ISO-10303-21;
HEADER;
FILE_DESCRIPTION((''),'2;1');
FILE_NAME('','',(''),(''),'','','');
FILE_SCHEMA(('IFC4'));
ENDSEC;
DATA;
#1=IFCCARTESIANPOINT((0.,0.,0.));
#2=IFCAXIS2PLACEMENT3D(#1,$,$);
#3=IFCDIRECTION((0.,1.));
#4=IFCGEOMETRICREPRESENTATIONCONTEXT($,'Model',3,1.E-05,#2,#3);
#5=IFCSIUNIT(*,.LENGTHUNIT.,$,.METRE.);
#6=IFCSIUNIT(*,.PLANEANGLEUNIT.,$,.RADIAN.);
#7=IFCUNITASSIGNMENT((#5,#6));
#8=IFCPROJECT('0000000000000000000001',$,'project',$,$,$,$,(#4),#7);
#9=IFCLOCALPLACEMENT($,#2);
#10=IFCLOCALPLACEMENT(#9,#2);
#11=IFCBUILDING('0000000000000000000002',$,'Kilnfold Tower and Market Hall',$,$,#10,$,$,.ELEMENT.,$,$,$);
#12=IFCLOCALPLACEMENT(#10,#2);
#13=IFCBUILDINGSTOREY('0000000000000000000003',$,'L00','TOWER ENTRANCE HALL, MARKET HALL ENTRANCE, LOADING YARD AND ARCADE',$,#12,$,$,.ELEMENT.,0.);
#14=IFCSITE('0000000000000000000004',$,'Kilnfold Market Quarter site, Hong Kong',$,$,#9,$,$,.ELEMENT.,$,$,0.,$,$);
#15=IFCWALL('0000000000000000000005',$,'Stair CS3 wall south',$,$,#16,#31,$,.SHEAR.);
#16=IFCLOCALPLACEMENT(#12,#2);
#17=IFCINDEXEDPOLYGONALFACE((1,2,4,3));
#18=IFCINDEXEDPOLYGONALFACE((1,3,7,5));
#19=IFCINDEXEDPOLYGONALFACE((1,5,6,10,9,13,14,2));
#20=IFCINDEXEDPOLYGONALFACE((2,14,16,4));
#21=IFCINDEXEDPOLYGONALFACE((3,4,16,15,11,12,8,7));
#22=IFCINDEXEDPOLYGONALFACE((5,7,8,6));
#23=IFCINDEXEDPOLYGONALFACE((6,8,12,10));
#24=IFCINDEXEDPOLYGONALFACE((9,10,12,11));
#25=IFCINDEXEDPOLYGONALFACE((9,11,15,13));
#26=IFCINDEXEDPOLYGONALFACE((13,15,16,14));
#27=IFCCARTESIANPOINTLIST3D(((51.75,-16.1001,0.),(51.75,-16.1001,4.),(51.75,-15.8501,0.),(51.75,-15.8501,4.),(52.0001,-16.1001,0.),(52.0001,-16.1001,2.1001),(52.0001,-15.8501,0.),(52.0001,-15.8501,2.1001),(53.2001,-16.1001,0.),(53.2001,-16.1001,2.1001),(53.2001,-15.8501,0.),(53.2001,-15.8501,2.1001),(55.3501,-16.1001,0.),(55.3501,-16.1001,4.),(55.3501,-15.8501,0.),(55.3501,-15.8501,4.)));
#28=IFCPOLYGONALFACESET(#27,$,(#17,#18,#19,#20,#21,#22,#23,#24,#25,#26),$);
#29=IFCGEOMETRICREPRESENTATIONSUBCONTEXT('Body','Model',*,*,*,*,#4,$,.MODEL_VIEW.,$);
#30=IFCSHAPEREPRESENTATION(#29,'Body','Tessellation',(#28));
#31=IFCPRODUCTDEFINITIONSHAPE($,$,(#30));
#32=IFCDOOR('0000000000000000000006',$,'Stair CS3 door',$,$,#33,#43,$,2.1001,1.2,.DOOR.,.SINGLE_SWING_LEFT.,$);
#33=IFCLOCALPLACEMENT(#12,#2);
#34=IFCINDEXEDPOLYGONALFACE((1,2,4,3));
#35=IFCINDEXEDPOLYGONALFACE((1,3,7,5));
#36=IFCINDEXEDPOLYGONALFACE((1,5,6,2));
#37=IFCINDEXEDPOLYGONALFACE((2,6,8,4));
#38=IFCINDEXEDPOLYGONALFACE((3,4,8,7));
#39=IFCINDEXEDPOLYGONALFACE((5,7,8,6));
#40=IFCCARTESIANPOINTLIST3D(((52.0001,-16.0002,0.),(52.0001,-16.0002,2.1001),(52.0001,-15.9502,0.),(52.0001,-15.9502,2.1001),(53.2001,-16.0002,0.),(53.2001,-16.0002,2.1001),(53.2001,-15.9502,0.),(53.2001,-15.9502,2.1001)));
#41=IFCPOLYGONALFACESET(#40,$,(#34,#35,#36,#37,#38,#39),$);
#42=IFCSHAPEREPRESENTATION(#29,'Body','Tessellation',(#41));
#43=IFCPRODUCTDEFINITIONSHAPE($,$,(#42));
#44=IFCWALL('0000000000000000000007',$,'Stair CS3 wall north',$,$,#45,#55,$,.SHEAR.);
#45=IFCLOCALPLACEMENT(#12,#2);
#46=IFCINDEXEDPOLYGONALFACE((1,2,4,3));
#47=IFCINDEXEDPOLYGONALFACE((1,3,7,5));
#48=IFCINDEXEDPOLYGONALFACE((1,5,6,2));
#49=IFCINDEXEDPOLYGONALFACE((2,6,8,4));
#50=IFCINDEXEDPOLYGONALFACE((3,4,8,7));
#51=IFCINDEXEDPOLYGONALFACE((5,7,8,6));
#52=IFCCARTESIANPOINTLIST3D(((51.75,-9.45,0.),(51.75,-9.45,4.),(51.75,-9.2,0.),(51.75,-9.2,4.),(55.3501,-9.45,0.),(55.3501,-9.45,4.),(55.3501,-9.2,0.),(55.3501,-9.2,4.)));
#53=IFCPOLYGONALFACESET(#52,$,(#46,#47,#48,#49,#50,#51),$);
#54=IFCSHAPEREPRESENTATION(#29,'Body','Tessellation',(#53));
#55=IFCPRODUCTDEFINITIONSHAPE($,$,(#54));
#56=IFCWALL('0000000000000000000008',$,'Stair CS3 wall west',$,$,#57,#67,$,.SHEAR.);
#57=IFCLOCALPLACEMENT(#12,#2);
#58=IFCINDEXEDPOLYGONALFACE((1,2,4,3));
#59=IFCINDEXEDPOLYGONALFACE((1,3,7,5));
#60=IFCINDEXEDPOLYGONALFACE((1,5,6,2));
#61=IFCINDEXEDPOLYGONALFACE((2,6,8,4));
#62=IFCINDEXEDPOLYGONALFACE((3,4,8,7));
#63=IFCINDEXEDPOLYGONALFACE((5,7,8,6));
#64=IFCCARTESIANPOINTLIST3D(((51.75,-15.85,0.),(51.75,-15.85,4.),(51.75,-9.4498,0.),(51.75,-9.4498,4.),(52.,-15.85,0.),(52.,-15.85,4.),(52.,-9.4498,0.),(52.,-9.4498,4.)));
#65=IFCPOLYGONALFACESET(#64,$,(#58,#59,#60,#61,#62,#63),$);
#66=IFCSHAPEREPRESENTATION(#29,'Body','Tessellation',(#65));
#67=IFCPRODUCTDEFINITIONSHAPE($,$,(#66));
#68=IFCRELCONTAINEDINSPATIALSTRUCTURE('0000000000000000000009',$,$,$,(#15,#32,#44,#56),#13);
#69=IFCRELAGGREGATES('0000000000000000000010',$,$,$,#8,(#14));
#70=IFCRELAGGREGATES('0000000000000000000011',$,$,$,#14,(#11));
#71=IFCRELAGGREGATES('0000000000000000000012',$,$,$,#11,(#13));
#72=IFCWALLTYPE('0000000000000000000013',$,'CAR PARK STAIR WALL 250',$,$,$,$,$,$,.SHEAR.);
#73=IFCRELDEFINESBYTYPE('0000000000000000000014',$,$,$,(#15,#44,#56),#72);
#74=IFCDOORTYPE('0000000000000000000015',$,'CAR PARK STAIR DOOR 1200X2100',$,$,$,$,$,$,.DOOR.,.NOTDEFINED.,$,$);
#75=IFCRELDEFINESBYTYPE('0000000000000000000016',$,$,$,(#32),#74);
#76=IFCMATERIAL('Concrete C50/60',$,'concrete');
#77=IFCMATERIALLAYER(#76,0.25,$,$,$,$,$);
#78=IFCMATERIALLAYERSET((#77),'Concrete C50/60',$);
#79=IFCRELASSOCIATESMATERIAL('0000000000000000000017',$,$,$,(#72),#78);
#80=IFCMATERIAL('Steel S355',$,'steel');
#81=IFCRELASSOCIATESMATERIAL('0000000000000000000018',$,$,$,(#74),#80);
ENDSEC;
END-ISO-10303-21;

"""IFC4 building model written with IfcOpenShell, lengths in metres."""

from ifc_helpers import new_model, si_unit, direction, frame, frame_2d, origin, place, context, subcontext, project, spatial, rectangle, extrude, source, transform, mapped, material, layer, layer_set, type_object, element, fill, save


model = new_model("IFC4")

# Units and contexts
model_context = context("Model", 3, precision=1e-05, world=origin(), true_north=direction((0.0, 1.0)))
body_context = subcontext(model_context, "Body", "Model", "MODEL_VIEW")
ifc_project = project(units=[si_unit("LENGTHUNIT", "METRE"), si_unit("PLANEANGLEUNIT", "RADIAN")], contexts=[model_context])

# Site, building, storey
site_placement = place(None, origin())
site = spatial("IfcSite", under=ifc_project, at=site_placement, Name="Kilnfold Market Quarter site, Hong Kong", CompositionType="ELEMENT", RefElevation=0.0)
building_placement = place(site_placement, origin())
building = spatial("IfcBuilding", under=site, at=building_placement, Name="Kilnfold Tower and Market Hall", CompositionType="ELEMENT")
storey_placement = place(building_placement, origin())
storey = spatial("IfcBuildingStorey", under=building, at=storey_placement, Name="L00", Description="TOWER ENTRANCE HALL, MARKET HALL ENTRANCE, LOADING YARD AND ARCADE", CompositionType="ELEMENT", Elevation=0.0)

# Wall, opening, door
ifc_material_1 = material(Name="Concrete C50/60", Category="concrete")
ifc_layer_1 = layer(ifc_material_1, 0.25)
ifc_layer_set_1 = layer_set([ifc_layer_1], Name="Concrete C50/60")
wall_type_1 = type_object("IfcWallType", Name="CAR PARK STAIR WALL 250", PredefinedType="SHEAR", material=ifc_layer_set_1)
shared_shape_1 = source(origin(), body_context, "Body", "SweptSolid", [
    extrude(rectangle(XDim=3.6001, YDim=0.25, at=frame_2d((1.8, 0.0))), origin(), (0.0, 0.0, 1.0), 4.0),
])
wall_1_placement = place(storey_placement, frame((51.75, -15.9751, 0.0), z_axis=(0.0, 0.0, 1.0), x_axis=(1.0, 0.0, 0.0)))
wall_1 = element("IfcWall", 1, at=wall_1_placement, inside=storey, type_object=wall_type_1, Name="Stair CS3 wall south", PredefinedType="SHEAR", context=body_context, shape_type="MappedRepresentation", body=[
    mapped(shared_shape_1, transform((0.0, 0.0, 0.0))),
])
opening_1_placement = place(wall_1_placement, frame((0.25, 0.0, 0.0)))
opening_1 = element("IfcOpeningElement", 2, at=opening_1_placement, cuts=wall_1, PredefinedType="OPENING", context=body_context, shape_type="SweptSolid", body=[
    extrude(rectangle(XDim=1.2, YDim=2.1001, at=frame_2d((0.6001, 1.05))), frame((0.0, 0.135, 0.0), z_axis=(0.0, -1.0, 0.0), x_axis=(1.0, 0.0, 0.0)), (0.0, 0.0, 1.0), 0.27),
])
ifc_material_2 = material(Name="Steel S355", Category="steel")
door_type_1 = type_object("IfcDoorType", Name="CAR PARK STAIR DOOR 1200X2100", OperationType="NOTDEFINED", PredefinedType="DOOR", material=ifc_material_2)
door_1_placement = place(opening_1_placement, origin())
door_1 = element("IfcDoor", 3, at=door_1_placement, inside=storey, type_object=door_type_1, Name="Stair CS3 door", OperationType="SINGLE_SWING_LEFT", OverallHeight=2.1001, OverallWidth=1.2, PredefinedType="DOOR", context=body_context, shape_type="SweptSolid", body=[
    extrude(rectangle(XDim=1.2, YDim=2.1001, at=frame_2d((0.6001, 1.05))), frame((0.0, 0.0249, 0.0), z_axis=(0.0, -1.0, 0.0), x_axis=(1.0, 0.0, 0.0)), (0.0, 0.0, 1.0), 0.05),
])
fill(opening_1, door_1)

# Walls
wall_2_placement = place(storey_placement, frame((51.75, -9.325, 0.0), z_axis=(0.0, 0.0, 1.0), x_axis=(1.0, 0.0, 0.0)))
element("IfcWall", 4, at=wall_2_placement, inside=storey, type_object=wall_type_1, Name="Stair CS3 wall north", PredefinedType="SHEAR", context=body_context, shape_type="MappedRepresentation", body=[
    mapped(shared_shape_1, transform((0.0, 0.0, 0.0))),
])
shared_shape_2 = source(origin(), body_context, "Body", "SweptSolid", [
    extrude(rectangle(XDim=6.4001, YDim=0.25, at=frame_2d((3.2002, 0.0))), origin(), (0.0, 0.0, 1.0), 4.0),
])
wall_3_placement = place(storey_placement, frame((51.875, -15.8501, 0.0), z_axis=(0.0, 0.0, 1.0), x_axis=(0.0, 1.0, 0.0)))
element("IfcWall", 5, at=wall_3_placement, inside=storey, type_object=wall_type_1, Name="Stair CS3 wall west", PredefinedType="SHEAR", context=body_context, shape_type="MappedRepresentation", body=[
    mapped(shared_shape_2, transform((0.0, 0.0, 0.0))),
])

save(model, "model.ifc")
